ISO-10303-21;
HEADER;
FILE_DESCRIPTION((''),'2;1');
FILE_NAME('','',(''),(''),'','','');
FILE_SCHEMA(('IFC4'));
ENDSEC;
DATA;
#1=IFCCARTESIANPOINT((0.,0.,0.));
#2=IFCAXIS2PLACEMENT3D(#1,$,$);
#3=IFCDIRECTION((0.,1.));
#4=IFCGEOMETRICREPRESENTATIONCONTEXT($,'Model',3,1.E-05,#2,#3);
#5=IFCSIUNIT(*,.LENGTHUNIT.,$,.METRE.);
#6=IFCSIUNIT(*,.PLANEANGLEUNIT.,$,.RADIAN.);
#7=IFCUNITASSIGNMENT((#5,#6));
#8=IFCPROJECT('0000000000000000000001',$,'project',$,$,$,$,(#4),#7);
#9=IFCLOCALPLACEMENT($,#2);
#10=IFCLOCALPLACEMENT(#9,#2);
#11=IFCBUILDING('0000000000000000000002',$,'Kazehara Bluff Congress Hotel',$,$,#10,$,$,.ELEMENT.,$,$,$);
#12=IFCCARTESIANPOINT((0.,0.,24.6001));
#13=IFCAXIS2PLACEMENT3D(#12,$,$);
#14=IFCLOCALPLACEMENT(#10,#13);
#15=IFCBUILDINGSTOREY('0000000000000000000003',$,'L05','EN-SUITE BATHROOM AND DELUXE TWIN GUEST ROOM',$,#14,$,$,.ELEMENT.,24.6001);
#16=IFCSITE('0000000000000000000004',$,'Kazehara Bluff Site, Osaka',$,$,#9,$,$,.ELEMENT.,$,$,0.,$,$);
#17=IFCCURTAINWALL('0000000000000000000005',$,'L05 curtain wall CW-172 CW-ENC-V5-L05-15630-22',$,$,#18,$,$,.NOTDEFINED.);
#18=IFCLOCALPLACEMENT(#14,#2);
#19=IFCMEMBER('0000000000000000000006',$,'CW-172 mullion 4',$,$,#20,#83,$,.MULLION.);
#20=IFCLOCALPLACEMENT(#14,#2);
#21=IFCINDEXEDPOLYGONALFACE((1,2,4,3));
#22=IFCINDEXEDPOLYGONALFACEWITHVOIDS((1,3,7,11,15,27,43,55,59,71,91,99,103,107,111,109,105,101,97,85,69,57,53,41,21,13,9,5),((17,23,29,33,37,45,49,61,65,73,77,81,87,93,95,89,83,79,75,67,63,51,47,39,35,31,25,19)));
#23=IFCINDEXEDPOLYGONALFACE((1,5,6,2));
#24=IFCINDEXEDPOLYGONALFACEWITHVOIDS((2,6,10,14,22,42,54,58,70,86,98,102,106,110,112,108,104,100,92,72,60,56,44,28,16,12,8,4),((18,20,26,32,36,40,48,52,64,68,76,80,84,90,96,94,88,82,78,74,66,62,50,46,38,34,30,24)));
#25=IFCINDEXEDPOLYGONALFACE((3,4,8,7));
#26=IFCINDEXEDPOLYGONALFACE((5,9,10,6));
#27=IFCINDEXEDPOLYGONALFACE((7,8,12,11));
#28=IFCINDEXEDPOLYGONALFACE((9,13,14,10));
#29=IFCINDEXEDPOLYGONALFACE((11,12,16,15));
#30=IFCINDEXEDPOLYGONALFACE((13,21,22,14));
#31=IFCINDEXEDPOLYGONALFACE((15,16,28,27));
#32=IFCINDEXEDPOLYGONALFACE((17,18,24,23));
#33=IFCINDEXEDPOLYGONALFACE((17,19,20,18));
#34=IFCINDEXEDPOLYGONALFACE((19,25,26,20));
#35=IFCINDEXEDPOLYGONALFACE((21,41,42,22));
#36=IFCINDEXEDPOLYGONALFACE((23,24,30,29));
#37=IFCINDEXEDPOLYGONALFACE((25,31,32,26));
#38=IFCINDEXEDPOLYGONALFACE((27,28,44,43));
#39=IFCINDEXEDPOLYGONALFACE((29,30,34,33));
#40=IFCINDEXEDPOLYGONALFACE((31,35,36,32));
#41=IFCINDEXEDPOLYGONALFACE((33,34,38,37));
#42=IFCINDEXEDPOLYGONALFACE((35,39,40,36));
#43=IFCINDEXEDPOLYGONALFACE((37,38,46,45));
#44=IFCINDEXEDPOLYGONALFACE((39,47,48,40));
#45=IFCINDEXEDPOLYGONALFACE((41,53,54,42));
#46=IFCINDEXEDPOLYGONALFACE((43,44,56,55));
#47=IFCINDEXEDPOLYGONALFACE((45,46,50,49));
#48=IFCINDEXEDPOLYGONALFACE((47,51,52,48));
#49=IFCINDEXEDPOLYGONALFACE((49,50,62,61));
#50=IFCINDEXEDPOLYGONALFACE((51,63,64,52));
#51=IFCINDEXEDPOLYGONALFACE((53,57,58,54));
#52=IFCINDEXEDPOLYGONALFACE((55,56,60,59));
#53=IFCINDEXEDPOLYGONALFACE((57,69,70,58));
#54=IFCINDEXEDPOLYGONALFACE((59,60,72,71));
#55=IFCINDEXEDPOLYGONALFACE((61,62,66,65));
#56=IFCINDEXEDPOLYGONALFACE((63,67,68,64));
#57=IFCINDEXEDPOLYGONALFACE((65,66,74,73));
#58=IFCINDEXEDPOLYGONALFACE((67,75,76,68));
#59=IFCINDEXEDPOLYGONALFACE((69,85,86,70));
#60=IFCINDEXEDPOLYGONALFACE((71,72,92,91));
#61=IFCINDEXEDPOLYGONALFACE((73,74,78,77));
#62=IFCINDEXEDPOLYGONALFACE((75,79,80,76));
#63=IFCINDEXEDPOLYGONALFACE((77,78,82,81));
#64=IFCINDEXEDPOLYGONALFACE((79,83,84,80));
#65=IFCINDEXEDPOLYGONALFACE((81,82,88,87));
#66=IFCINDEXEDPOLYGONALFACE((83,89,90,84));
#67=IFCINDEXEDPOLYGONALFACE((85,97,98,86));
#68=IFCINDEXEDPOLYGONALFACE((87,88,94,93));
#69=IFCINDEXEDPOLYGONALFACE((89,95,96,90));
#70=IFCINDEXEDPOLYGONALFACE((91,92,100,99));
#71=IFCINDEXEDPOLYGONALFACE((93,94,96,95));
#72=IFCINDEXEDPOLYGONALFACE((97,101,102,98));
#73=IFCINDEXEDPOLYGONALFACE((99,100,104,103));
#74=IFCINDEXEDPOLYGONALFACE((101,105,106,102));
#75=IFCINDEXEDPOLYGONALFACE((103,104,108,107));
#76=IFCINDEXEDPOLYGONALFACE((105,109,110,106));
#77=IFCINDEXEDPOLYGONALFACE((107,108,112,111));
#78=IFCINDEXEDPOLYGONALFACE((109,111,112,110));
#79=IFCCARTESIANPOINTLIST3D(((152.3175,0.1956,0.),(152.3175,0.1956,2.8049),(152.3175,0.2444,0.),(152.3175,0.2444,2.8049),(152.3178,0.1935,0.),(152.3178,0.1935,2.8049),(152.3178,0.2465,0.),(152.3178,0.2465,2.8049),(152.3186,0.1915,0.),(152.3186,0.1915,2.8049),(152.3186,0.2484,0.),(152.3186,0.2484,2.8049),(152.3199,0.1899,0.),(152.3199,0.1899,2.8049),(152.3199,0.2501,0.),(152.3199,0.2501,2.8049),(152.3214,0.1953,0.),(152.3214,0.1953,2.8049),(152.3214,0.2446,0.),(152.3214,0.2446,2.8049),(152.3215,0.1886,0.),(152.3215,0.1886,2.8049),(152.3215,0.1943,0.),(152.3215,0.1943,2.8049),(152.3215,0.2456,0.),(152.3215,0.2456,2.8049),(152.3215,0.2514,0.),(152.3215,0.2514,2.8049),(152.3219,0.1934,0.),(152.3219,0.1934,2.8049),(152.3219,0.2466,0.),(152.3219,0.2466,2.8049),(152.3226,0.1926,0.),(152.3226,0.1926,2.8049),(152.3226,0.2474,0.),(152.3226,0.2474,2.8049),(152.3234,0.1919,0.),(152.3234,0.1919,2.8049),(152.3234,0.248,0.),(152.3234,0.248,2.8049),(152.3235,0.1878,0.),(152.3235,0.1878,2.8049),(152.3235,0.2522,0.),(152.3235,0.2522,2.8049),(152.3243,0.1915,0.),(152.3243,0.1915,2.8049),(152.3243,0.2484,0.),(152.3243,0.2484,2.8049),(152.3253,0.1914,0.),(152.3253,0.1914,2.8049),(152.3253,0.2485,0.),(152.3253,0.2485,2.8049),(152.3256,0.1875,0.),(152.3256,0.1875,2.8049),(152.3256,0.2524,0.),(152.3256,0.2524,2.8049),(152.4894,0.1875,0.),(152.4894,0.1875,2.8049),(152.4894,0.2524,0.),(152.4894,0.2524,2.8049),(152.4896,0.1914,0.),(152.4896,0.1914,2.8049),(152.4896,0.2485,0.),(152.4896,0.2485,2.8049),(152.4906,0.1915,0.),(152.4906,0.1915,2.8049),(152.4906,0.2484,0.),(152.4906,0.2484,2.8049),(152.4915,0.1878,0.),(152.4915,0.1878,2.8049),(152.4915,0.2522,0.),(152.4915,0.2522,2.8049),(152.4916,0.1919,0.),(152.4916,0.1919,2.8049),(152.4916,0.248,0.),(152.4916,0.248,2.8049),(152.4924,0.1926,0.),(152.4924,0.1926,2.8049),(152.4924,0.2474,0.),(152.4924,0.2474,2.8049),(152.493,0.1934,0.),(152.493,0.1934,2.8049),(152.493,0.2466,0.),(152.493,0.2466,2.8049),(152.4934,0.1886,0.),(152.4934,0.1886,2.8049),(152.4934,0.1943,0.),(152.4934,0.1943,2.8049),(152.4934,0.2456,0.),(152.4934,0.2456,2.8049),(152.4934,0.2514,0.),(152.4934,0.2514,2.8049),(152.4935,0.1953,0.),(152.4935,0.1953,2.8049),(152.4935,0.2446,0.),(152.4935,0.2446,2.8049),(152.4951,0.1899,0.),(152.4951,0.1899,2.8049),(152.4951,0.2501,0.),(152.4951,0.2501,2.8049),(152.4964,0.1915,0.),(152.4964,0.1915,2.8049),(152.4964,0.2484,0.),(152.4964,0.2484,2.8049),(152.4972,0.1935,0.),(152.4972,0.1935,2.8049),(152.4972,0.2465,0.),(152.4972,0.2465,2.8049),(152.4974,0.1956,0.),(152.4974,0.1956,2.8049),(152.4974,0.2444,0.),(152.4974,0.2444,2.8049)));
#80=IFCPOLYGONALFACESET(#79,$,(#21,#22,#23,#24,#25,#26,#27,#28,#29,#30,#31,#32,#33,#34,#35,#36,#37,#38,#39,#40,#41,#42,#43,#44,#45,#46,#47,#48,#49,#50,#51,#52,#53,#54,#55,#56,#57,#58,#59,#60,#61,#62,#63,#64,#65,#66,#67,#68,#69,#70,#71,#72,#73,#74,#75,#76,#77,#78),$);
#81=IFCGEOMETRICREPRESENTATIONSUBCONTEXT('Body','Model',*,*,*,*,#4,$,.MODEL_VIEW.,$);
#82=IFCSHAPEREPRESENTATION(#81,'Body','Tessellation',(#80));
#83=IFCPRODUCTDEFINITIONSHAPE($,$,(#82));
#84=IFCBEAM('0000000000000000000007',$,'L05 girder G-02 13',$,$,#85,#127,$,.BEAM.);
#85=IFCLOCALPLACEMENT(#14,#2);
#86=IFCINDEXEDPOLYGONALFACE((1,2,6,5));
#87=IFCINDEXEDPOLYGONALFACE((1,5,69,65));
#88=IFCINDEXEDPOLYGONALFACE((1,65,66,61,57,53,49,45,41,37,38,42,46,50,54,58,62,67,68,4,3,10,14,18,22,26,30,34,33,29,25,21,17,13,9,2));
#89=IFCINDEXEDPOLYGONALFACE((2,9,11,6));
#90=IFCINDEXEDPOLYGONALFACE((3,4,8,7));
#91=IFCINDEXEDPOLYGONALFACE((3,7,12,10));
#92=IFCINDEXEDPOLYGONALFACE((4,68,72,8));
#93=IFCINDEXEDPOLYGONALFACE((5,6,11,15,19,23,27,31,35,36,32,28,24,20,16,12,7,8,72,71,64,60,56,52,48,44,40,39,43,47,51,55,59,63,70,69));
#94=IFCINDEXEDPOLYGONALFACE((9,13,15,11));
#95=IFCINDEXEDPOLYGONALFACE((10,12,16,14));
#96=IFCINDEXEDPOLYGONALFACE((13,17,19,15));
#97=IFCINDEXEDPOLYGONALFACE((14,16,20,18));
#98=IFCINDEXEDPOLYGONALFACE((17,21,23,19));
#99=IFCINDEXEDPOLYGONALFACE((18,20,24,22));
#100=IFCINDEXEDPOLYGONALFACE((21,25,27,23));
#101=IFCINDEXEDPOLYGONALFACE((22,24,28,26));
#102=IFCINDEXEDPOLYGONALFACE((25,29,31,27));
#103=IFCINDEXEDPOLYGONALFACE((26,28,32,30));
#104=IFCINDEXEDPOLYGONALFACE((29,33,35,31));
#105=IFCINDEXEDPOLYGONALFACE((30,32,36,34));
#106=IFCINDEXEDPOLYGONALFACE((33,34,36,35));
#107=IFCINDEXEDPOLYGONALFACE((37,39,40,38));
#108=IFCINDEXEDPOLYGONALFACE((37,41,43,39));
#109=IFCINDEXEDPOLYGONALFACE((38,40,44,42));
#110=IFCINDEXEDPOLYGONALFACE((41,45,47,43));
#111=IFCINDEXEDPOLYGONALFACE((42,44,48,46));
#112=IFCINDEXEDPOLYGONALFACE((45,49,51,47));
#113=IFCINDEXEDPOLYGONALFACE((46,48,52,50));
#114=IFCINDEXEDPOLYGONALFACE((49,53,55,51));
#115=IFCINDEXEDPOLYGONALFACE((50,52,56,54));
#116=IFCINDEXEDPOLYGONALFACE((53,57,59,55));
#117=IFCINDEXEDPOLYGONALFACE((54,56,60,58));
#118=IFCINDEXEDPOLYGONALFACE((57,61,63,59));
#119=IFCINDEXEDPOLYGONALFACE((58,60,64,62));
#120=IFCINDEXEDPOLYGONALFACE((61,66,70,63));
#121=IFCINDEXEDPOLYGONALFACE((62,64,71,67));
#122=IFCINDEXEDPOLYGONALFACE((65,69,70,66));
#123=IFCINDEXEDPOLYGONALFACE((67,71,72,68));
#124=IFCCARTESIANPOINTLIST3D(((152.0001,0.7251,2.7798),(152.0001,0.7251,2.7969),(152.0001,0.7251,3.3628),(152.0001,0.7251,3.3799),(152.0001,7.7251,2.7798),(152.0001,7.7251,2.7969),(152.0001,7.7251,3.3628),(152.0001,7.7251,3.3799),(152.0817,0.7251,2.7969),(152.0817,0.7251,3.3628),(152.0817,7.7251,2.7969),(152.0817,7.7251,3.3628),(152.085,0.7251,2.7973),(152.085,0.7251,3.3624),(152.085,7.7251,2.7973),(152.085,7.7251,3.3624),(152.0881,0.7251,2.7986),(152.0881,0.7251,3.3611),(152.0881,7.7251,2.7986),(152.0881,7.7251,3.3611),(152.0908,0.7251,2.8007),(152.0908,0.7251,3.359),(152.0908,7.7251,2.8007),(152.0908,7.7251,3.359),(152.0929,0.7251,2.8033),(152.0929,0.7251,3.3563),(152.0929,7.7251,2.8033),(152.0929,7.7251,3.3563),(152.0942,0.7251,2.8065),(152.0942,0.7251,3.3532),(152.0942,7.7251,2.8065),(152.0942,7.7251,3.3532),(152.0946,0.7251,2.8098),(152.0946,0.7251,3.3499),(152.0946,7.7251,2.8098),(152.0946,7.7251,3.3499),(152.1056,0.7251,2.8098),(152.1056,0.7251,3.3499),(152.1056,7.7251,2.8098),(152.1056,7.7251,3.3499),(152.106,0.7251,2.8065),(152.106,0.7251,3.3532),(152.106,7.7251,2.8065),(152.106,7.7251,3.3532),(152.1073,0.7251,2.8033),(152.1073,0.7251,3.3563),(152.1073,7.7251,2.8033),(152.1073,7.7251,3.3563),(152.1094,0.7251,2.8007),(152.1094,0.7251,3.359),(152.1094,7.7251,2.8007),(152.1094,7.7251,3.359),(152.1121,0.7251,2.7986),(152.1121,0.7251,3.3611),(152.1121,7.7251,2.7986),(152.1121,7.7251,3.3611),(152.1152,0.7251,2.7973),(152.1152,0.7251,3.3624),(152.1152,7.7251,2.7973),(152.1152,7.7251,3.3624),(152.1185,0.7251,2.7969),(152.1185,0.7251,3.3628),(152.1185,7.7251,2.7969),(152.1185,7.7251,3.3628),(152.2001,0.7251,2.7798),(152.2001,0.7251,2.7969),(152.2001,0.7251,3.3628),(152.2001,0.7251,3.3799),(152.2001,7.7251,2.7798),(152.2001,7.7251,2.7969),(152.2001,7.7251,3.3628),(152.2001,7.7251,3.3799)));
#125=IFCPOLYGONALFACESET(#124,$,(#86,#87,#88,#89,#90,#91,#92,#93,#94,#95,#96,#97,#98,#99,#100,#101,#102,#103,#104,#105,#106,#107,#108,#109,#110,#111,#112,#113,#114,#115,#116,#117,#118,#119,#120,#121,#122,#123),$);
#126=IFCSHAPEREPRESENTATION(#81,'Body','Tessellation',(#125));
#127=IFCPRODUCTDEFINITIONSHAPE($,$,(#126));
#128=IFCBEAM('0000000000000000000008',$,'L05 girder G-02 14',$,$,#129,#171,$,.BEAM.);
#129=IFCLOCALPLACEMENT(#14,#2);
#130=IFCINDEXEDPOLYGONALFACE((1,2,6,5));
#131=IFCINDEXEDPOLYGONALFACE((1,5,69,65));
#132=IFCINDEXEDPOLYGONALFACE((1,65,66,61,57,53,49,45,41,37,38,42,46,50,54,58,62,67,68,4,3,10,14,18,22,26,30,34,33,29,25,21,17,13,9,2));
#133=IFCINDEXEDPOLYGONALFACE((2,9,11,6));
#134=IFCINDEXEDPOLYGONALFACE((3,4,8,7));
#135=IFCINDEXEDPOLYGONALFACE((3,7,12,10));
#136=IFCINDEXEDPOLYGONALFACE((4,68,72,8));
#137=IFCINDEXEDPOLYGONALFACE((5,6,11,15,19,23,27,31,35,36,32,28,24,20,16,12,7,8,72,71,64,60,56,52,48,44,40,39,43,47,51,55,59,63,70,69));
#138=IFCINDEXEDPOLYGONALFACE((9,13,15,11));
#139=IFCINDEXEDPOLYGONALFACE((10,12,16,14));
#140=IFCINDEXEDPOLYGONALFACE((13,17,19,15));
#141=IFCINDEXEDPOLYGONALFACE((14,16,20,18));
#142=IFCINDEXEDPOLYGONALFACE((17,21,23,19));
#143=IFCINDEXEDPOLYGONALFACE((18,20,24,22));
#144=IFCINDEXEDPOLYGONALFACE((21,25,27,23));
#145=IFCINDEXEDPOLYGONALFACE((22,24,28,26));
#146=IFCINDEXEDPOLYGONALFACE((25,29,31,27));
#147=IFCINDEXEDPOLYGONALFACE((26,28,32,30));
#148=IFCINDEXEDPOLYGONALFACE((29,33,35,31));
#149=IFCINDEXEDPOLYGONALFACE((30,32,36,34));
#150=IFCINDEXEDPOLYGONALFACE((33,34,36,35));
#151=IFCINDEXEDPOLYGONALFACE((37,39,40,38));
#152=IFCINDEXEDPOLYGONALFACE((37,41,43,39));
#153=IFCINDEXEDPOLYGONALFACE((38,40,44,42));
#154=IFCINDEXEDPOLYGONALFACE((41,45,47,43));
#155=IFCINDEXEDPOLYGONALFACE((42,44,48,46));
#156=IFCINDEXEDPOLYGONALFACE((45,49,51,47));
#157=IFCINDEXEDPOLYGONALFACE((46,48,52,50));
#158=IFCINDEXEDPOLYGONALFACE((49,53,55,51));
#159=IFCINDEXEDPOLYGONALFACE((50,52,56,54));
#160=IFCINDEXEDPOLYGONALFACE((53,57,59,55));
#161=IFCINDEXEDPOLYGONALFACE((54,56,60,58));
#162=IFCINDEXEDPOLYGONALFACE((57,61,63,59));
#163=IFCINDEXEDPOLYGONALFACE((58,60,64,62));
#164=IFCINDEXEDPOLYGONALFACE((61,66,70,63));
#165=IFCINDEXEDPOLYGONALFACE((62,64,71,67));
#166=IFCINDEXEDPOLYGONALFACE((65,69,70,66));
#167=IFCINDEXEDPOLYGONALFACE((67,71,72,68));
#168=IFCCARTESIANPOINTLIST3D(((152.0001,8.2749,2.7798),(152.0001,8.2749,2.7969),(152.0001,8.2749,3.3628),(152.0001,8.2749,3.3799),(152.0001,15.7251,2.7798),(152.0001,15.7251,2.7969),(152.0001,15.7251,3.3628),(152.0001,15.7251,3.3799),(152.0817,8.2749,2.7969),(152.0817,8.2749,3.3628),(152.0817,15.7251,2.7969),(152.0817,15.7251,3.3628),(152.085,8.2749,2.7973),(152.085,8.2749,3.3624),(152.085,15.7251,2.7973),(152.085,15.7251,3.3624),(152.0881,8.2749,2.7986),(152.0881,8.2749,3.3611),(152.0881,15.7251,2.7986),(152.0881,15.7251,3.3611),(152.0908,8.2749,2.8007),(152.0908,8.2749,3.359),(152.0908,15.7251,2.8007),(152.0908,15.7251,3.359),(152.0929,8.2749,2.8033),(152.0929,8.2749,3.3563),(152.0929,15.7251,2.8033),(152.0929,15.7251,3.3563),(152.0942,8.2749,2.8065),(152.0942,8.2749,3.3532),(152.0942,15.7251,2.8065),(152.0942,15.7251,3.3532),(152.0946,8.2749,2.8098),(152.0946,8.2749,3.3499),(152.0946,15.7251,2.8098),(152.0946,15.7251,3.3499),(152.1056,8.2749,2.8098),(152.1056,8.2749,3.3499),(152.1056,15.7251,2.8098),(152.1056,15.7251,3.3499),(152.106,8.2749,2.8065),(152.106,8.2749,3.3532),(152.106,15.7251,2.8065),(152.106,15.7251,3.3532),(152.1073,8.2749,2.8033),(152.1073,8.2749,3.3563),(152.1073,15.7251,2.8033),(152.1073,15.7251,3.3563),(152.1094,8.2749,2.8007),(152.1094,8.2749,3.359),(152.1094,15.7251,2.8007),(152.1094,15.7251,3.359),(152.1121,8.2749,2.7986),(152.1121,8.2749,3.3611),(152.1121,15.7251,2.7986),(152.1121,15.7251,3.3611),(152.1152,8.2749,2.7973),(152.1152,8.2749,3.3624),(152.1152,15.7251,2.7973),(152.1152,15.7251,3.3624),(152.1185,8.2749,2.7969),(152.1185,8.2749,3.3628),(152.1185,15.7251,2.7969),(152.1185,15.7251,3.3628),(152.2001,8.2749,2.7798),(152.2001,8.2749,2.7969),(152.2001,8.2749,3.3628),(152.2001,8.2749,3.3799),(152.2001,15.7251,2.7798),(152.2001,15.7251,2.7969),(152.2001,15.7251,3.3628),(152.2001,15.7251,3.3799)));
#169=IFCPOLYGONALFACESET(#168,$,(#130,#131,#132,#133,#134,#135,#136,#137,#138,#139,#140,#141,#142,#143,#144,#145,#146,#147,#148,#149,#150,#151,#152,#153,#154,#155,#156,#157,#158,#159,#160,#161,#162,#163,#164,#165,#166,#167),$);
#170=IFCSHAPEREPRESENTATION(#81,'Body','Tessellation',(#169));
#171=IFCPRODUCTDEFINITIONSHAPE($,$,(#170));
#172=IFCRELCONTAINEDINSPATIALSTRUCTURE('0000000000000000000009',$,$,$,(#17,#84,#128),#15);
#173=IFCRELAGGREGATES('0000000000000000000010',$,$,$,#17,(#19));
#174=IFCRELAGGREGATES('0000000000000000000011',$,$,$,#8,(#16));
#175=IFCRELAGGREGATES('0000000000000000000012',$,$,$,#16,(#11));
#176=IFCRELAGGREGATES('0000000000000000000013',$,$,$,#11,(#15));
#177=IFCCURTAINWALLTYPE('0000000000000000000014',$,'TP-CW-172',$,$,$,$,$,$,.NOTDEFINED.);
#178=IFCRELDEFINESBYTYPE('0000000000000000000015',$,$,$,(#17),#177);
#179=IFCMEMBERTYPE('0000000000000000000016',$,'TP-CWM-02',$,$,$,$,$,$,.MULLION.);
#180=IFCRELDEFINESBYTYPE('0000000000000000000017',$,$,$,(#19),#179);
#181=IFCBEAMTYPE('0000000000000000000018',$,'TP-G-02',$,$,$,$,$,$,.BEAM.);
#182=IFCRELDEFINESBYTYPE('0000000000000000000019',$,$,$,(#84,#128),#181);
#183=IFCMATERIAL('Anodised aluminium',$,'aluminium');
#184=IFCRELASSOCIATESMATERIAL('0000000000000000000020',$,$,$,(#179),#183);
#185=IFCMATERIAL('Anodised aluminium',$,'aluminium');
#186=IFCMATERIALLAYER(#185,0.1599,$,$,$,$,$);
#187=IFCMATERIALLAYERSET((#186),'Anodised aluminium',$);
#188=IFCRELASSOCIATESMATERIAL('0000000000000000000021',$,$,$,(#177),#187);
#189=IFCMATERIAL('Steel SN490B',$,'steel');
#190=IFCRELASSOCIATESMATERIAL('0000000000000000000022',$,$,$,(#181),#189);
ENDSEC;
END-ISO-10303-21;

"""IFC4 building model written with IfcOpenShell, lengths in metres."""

from ifc_helpers import new_model, si_unit, direction, frame, origin, origin_2d, place, context, subcontext, project, spatial, hollow_rectangle, i_section, extrude, material, layer, layer_set, material_profile, profile_set, type_object, element, aggregate, save


model = new_model("IFC4")

# Units and contexts
model_context = context("Model", 3, precision=1e-05, world=origin(), true_north=direction((0.0, 1.0)))
body_context = subcontext(model_context, "Body", "Model", "MODEL_VIEW")
ifc_project = project(units=[si_unit("LENGTHUNIT", "METRE"), si_unit("PLANEANGLEUNIT", "RADIAN")], contexts=[model_context])

# Site, building, storey
site_placement = place(None, origin())
site = spatial("IfcSite", under=ifc_project, at=site_placement, Name="Kazehara Bluff Site, Osaka", CompositionType="ELEMENT", RefElevation=0.0)
building_placement = place(site_placement, origin())
building = spatial("IfcBuilding", under=site, at=building_placement, Name="Kazehara Bluff Congress Hotel", CompositionType="ELEMENT")
storey_placement = place(building_placement, frame((0.0, 0.0, 24.6001)))
storey = spatial("IfcBuildingStorey", under=building, at=storey_placement, Name="L05", Description="EN-SUITE BATHROOM AND DELUXE TWIN GUEST ROOM", CompositionType="ELEMENT", Elevation=24.6001)

# Curtain wall, member
ifc_material_1 = material(Name="Anodised aluminium", Category="aluminium")
ifc_material_profile_1 = material_profile(ifc_material_1, hollow_rectangle(XDim=0.0649, YDim=0.1799, WallThickness=0.0039, InnerFilletRadius=0.0039, OuterFilletRadius=0.0081, at=origin_2d()))
ifc_profile_set_1 = profile_set([ifc_material_profile_1], Name="Anodised aluminium")
member_type = type_object("IfcMemberType", Name="TP-CWM-02", PredefinedType="MULLION", material=ifc_profile_set_1)
ifc_material_2 = material(Name="Anodised aluminium", Category="aluminium")
ifc_layer_1 = layer(ifc_material_2, 0.1599)
ifc_layer_set_1 = layer_set([ifc_layer_1], Name="Anodised aluminium")
curtain_wall_type_1 = type_object("IfcCurtainWallType", Name="TP-CW-172", PredefinedType="NOTDEFINED", material=ifc_layer_set_1)
curtain_wall_1_placement = place(storey_placement, origin())
curtain_wall_1 = element("IfcCurtainWall", 1, at=curtain_wall_1_placement, inside=storey, type_object=curtain_wall_type_1, Name="L05 curtain wall CW-172 CW-ENC-V5-L05-15630-22", PredefinedType="NOTDEFINED")
member_1_placement = place(storey_placement, frame((152.4075, 0.22, 0.0), z_axis=(0.0, 0.0, 1.0), x_axis=(0.0, -1.0, 0.0)))
member_1 = element("IfcMember", 2, at=member_1_placement, type_object=member_type, Name="CW-172 mullion 4", PredefinedType="MULLION", context=body_context, shape_type="SweptSolid", body=[
    extrude(hollow_rectangle(XDim=0.0649, YDim=0.1799, WallThickness=0.0039, InnerFilletRadius=0.0039, OuterFilletRadius=0.0081, at=origin_2d()), origin(), (0.0, 0.0, 1.0), 2.8049),
])
aggregate(curtain_wall_1, [member_1])

# Beams
ifc_material_3 = material(Name="Steel SN490B", Category="steel")
ifc_material_profile_2 = material_profile(ifc_material_3, i_section(OverallWidth=0.2, OverallDepth=0.6001, WebThickness=0.011, FlangeThickness=0.0171, FilletRadius=0.0129, at=origin_2d()))
ifc_profile_set_2 = profile_set([ifc_material_profile_2], Name="Steel SN490B")
beam_type_1 = type_object("IfcBeamType", Name="TP-G-02", PredefinedType="BEAM", material=ifc_profile_set_2)
beam_placement = place(storey_placement, frame((152.1001, 0.7251, 3.0798), z_axis=(0.0, 1.0, 0.0), x_axis=(-1.0, 0.0, 0.0)))
element("IfcBeam", 3, at=beam_placement, inside=storey, type_object=beam_type_1, Name="L05 girder G-02 13", PredefinedType="BEAM", context=body_context, shape_type="SweptSolid", body=[
    extrude(i_section(OverallWidth=0.2, OverallDepth=0.6001, WebThickness=0.011, FlangeThickness=0.0171, FilletRadius=0.0129, at=origin_2d()), origin(), (0.0, 0.0, 1.0), 7.0),
])
for number, where, z_axis, x_axis, name in (
    (4, (152.1001, 8.2749, 3.0798), (0.0, 1.0, 0.0), (-1.0, 0.0, 0.0), "L05 girder G-02 14"),
):
    element("IfcBeam", number, at=place(storey_placement, frame(where, z_axis=z_axis, x_axis=x_axis)), inside=storey, type_object=beam_type_1, Name=name, PredefinedType="BEAM", context=body_context, shape_type="SweptSolid", body=[
        extrude(i_section(OverallWidth=0.2, OverallDepth=0.6001, WebThickness=0.011, FlangeThickness=0.0171, FilletRadius=0.0129, at=origin_2d()), origin(), (0.0, 0.0, 1.0), 7.4502),
    ])

save(model, "model.ifc")
